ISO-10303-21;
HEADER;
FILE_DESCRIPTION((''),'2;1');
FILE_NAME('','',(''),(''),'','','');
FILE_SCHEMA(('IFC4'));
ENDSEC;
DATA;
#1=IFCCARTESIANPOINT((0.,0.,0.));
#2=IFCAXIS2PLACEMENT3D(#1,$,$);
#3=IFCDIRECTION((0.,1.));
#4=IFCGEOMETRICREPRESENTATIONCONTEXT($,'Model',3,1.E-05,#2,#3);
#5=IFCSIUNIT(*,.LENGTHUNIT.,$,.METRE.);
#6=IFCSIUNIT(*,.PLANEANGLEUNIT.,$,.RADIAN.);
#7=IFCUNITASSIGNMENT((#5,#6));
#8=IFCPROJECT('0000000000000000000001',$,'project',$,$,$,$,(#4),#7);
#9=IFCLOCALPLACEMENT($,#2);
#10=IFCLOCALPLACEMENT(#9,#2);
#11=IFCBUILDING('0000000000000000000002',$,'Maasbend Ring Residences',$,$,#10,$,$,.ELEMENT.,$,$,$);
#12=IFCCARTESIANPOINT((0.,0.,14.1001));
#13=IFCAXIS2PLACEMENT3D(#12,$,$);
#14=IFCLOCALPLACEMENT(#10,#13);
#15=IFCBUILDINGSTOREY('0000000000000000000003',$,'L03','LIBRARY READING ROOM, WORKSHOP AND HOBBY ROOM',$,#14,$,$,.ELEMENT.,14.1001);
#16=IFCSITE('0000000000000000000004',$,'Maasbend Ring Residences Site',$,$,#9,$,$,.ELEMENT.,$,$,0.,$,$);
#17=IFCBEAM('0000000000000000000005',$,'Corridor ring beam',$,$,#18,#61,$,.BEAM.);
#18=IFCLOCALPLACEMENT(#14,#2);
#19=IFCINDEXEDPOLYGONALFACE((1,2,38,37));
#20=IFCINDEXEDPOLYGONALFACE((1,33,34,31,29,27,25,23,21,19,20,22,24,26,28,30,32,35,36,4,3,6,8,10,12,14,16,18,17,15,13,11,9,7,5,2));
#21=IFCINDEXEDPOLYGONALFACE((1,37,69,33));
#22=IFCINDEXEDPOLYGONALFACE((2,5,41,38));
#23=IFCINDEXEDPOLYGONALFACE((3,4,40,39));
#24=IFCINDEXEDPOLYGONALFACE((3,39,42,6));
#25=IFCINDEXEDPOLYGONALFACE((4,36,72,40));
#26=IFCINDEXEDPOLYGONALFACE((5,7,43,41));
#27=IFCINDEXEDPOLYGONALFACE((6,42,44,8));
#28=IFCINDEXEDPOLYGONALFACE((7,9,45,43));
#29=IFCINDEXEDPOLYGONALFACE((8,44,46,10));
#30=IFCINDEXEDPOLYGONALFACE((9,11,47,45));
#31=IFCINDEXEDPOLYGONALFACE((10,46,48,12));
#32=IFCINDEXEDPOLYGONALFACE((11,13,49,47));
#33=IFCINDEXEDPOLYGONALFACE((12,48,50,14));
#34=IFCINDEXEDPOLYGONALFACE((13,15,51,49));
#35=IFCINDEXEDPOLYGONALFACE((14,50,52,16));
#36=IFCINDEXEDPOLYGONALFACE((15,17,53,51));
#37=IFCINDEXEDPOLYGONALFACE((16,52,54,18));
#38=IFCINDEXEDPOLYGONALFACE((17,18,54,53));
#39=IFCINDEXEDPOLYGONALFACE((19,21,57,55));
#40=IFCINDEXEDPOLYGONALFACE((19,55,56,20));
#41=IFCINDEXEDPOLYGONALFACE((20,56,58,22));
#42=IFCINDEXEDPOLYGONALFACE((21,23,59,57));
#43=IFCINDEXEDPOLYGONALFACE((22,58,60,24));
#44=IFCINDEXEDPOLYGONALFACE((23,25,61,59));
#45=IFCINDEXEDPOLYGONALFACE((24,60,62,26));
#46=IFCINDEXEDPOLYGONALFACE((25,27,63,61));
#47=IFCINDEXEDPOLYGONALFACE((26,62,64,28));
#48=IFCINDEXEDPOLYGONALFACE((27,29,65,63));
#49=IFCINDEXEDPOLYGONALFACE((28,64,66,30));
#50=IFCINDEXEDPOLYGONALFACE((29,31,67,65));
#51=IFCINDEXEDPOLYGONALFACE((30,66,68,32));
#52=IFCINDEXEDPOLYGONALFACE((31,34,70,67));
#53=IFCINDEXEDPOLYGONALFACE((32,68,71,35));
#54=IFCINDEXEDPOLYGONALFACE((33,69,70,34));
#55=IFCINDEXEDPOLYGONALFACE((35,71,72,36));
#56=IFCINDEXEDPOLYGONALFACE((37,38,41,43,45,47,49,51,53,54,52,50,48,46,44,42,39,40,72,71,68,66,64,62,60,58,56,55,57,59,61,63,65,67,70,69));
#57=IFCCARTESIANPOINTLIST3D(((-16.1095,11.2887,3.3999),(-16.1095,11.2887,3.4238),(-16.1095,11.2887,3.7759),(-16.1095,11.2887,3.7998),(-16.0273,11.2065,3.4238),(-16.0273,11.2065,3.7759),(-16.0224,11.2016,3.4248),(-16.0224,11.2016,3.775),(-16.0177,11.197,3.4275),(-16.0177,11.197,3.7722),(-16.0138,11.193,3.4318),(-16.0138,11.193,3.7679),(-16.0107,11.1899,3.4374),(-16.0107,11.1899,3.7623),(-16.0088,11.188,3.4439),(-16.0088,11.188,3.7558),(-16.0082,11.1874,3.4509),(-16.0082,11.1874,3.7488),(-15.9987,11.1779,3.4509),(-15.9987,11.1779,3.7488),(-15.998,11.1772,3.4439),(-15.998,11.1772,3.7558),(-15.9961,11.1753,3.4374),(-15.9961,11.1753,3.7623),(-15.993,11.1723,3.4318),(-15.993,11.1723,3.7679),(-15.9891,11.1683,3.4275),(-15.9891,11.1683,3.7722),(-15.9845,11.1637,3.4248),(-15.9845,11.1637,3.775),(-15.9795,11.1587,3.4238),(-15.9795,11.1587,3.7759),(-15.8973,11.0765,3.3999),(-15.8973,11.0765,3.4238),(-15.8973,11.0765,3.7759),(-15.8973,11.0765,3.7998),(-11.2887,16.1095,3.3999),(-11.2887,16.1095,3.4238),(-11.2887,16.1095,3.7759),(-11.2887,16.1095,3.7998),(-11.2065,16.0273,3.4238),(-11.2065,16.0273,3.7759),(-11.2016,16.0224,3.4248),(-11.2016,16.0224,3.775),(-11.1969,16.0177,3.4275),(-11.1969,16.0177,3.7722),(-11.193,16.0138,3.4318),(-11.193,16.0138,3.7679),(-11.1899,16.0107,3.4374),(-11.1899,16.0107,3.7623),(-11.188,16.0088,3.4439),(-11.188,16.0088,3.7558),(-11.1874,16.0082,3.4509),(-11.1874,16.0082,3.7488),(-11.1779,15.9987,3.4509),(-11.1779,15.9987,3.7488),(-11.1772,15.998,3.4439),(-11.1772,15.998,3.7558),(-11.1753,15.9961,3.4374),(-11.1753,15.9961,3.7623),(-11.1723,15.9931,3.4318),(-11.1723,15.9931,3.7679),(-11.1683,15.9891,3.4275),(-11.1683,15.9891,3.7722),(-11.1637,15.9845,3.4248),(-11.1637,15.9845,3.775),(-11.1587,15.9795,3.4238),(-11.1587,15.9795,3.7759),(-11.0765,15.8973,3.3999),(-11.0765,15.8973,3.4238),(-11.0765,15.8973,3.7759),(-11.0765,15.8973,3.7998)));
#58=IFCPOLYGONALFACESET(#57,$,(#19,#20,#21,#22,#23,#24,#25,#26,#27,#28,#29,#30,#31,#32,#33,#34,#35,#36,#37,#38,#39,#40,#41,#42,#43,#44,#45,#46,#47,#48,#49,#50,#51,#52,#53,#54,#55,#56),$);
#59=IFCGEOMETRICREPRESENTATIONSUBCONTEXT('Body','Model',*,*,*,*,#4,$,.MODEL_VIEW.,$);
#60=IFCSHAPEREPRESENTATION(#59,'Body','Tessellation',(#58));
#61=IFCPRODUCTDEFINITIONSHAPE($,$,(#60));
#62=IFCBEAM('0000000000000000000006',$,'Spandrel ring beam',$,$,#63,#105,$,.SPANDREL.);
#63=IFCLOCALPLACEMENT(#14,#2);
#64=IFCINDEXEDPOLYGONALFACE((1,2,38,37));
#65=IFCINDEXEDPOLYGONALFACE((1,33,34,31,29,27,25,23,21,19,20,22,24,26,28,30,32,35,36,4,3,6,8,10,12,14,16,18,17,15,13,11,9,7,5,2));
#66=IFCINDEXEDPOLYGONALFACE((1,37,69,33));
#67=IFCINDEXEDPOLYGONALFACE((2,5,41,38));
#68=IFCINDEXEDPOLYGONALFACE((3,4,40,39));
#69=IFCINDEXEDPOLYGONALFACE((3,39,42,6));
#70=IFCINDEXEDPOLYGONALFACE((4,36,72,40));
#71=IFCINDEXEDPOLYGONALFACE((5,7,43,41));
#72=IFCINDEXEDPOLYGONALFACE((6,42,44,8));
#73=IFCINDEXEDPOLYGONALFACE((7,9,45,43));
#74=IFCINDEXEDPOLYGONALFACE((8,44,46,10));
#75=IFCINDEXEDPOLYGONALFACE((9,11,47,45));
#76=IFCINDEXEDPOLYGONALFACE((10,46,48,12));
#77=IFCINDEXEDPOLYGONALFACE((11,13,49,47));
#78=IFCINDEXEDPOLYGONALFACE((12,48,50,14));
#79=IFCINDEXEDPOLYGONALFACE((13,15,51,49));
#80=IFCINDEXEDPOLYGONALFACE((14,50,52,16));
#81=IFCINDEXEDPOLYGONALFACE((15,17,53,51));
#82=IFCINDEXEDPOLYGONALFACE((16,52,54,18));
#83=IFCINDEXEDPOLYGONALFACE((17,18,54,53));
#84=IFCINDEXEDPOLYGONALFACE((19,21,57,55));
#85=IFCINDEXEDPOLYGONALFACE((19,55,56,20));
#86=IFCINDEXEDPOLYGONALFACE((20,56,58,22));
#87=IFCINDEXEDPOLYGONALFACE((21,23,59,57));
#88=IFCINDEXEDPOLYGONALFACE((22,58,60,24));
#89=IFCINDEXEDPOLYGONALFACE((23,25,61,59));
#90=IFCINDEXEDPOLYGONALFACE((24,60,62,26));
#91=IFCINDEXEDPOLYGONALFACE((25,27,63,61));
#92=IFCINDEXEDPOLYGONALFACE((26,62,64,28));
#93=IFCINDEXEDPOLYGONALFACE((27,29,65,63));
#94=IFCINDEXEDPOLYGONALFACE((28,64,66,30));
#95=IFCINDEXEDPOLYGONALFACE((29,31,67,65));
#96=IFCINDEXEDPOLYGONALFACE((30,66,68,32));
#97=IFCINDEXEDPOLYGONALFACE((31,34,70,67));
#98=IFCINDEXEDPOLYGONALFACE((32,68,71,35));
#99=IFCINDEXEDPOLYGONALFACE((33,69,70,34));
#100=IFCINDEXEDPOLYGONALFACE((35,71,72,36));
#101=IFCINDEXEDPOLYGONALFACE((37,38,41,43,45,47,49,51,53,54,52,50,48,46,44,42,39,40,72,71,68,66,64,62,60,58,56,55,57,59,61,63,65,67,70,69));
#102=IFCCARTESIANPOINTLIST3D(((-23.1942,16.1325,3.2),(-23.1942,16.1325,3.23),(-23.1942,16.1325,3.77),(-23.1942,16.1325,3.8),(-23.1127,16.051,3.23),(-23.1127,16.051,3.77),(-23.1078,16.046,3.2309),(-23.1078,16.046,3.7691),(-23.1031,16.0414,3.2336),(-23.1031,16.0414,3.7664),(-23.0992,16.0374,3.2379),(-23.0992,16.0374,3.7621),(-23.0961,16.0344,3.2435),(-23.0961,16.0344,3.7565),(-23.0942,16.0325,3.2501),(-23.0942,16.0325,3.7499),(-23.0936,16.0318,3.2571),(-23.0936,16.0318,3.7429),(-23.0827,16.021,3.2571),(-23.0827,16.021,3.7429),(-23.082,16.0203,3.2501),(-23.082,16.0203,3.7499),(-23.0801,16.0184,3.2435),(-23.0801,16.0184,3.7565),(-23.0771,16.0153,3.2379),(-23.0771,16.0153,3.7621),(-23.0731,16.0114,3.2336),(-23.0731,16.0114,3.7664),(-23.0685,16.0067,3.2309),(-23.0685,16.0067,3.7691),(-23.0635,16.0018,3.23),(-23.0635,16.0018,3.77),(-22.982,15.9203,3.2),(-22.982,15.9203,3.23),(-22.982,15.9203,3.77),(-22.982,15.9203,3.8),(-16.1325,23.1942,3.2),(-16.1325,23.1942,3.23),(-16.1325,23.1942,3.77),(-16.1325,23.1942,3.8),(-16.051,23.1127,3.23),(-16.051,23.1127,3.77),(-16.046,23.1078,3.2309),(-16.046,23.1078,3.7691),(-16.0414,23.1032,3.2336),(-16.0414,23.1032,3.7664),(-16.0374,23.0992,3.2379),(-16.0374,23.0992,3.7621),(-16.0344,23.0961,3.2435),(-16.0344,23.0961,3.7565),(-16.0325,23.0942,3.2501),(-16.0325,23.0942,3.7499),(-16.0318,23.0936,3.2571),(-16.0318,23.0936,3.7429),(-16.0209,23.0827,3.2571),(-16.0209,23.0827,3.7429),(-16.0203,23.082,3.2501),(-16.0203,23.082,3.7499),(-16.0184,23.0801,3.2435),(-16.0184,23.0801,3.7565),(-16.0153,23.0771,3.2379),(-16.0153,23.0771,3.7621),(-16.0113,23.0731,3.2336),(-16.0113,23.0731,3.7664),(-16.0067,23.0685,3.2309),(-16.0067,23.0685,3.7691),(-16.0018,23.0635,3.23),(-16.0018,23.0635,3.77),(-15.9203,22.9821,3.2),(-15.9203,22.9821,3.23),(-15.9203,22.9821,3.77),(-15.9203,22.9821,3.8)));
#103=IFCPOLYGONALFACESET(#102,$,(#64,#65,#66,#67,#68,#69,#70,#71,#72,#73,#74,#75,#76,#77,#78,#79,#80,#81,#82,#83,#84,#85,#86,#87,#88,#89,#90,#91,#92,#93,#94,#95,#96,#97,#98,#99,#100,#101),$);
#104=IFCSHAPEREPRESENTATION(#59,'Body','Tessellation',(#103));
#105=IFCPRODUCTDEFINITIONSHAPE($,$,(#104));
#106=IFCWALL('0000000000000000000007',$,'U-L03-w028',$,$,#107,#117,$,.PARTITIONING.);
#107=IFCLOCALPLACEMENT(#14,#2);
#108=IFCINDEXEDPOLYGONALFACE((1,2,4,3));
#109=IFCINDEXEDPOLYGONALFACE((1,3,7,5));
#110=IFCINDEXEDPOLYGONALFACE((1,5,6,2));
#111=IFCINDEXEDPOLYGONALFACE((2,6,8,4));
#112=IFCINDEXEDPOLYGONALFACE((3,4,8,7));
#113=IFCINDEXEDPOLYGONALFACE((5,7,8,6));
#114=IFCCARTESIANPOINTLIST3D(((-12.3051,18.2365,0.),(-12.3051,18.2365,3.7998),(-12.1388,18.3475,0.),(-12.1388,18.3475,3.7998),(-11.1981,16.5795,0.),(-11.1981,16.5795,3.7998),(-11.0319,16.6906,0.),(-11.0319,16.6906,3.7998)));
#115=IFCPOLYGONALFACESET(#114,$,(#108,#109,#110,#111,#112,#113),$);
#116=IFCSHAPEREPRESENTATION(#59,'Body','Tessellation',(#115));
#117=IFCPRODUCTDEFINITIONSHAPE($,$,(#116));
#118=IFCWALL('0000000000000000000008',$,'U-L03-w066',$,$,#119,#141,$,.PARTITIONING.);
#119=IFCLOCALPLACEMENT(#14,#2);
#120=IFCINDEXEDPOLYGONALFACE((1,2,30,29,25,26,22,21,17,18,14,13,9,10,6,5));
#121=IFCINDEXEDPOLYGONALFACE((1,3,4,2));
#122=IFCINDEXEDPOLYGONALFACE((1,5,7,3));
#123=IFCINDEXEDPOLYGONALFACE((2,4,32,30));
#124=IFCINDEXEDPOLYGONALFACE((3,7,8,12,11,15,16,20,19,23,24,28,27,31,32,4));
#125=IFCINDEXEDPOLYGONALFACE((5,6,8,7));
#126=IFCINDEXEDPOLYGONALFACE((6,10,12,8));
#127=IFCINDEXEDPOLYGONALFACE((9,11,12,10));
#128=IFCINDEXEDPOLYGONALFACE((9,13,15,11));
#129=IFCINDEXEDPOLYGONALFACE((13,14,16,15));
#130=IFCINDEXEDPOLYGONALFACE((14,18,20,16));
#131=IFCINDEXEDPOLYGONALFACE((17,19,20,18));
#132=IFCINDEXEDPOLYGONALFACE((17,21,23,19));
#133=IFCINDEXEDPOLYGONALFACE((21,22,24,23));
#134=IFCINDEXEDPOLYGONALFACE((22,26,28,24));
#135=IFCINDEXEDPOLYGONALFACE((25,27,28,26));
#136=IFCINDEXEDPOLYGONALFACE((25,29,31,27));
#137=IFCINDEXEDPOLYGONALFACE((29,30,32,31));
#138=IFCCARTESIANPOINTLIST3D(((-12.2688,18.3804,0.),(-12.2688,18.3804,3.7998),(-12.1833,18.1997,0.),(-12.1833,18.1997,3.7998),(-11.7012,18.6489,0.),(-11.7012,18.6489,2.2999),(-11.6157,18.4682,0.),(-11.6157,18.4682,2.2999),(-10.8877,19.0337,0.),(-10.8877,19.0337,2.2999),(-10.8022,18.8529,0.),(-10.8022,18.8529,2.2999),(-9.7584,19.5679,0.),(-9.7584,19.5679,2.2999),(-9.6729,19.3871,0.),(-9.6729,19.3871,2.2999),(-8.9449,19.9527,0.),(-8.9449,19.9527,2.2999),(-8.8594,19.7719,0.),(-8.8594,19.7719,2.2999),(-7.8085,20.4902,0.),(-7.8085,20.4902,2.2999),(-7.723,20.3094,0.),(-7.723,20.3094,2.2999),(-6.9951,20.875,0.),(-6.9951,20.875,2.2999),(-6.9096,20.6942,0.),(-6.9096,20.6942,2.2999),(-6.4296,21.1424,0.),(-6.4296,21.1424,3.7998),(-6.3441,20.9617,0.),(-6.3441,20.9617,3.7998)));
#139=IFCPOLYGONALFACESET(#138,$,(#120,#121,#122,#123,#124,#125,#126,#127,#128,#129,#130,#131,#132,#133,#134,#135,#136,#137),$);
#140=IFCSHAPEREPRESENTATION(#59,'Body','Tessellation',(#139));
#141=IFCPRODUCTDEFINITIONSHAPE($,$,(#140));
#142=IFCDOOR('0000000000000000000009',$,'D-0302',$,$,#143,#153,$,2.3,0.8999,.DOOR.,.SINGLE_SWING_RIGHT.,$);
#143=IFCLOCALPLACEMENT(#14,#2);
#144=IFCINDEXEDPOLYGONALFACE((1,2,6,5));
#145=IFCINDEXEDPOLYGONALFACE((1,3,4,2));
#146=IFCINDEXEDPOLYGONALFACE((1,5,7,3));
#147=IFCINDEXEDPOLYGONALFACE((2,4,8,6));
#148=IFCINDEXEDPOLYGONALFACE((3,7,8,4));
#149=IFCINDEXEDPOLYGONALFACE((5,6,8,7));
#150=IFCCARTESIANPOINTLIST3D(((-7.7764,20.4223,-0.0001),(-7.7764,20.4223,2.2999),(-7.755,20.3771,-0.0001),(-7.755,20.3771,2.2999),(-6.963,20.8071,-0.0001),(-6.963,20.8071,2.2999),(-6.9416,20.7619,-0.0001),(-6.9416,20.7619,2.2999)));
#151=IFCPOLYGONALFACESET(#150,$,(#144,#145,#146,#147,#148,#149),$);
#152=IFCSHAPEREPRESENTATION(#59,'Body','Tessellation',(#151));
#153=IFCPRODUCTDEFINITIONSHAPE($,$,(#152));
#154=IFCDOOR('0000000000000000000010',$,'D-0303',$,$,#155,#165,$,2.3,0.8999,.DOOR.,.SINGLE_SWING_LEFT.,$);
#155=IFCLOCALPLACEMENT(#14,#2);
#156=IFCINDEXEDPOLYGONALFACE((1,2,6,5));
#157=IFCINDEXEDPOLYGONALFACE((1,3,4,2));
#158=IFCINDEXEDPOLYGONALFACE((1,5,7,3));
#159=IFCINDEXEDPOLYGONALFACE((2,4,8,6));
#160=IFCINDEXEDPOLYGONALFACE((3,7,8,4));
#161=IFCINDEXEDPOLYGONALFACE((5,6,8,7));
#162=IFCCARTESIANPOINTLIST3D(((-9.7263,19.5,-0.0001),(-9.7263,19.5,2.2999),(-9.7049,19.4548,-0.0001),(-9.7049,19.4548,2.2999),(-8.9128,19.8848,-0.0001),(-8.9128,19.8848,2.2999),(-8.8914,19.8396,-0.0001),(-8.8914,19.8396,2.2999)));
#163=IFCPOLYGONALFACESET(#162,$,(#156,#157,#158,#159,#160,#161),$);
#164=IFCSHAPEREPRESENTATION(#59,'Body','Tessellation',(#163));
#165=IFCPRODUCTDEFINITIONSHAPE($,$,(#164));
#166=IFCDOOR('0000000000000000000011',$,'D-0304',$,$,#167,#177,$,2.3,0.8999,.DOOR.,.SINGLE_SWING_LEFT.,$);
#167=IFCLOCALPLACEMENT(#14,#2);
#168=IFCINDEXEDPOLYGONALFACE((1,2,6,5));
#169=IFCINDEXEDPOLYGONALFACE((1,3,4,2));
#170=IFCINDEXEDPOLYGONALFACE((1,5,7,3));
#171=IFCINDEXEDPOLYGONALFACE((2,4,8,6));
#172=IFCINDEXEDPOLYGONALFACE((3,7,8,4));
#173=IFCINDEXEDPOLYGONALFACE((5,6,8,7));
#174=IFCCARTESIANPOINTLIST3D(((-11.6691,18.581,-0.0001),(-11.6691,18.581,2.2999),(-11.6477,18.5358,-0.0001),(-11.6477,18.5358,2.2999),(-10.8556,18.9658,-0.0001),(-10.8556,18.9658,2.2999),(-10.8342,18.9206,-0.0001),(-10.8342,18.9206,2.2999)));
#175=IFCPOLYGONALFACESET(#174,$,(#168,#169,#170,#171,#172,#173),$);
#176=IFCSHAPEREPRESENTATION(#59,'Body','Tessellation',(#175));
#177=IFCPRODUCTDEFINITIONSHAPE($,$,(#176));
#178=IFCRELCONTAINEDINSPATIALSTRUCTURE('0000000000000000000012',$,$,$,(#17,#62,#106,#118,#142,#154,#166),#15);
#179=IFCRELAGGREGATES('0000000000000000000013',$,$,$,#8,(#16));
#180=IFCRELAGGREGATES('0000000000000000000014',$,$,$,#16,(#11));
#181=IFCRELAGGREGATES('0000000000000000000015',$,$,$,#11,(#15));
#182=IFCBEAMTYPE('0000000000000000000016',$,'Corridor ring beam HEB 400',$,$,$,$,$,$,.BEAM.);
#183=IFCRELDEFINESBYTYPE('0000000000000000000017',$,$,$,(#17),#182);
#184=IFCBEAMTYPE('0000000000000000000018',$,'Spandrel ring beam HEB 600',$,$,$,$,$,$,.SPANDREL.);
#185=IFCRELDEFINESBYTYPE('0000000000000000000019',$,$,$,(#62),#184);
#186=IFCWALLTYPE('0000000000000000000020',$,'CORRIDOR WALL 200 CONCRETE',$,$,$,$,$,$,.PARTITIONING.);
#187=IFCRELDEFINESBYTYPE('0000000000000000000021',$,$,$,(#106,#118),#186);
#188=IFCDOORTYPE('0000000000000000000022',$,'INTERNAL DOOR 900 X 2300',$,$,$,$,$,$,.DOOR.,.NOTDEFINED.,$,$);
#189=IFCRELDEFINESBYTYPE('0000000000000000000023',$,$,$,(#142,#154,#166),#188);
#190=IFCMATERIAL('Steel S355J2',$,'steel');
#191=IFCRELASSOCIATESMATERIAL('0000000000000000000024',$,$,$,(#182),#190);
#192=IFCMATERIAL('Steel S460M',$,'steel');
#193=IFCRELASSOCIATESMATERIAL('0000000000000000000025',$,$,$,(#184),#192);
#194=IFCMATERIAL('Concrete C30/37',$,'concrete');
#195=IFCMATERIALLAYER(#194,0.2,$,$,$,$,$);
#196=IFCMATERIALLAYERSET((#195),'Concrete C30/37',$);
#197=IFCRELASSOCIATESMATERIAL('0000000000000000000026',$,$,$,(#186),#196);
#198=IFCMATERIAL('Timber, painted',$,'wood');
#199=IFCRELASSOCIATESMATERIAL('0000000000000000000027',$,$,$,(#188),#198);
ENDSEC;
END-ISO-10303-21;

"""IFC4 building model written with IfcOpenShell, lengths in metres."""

from ifc_helpers import new_model, si_unit, direction, frame, frame_2d, origin, origin_2d, place, context, subcontext, project, spatial, rectangle, i_section, extrude, material, layer, layer_set, material_profile, profile_set, type_object, element, fill, save


model = new_model("IFC4")

# Units and contexts
model_context = context("Model", 3, precision=1e-05, world=origin(), true_north=direction((0.0, 1.0)))
body_context = subcontext(model_context, "Body", "Model", "MODEL_VIEW")
ifc_project = project(units=[si_unit("LENGTHUNIT", "METRE"), si_unit("PLANEANGLEUNIT", "RADIAN")], contexts=[model_context])

# Site, building, storey
site_placement = place(None, origin())
site = spatial("IfcSite", under=ifc_project, at=site_placement, Name="Maasbend Ring Residences Site", CompositionType="ELEMENT", RefElevation=0.0)
building_placement = place(site_placement, origin())
building = spatial("IfcBuilding", under=site, at=building_placement, Name="Maasbend Ring Residences", CompositionType="ELEMENT")
storey_placement = place(building_placement, frame((0.0, 0.0, 14.1001)))
storey = spatial("IfcBuildingStorey", under=building, at=storey_placement, Name="L03", Description="LIBRARY READING ROOM, WORKSHOP AND HOBBY ROOM", CompositionType="ELEMENT", Elevation=14.1001)

# Beams
ifc_material_1 = material(Name="Steel S355J2", Category="steel")
ifc_material_profile_1 = material_profile(ifc_material_1, i_section(OverallWidth=0.3, OverallDepth=0.3999, WebThickness=0.0134, FlangeThickness=0.0239, FilletRadius=0.0271, at=origin_2d()), Name="HEB 400")
ifc_profile_set_1 = profile_set([ifc_material_profile_1], Name="Steel S355J2")
beam_type_1 = type_object("IfcBeamType", Name="Corridor ring beam HEB 400", PredefinedType="BEAM", material=ifc_profile_set_1)
beam_1_placement = place(storey_placement, frame((-11.1826, 16.0034, 3.5999), z_axis=(-0.707107, -0.707107, 0.0), x_axis=(0.707107, -0.707107, 0.0)))
element("IfcBeam", 1, at=beam_1_placement, inside=storey, type_object=beam_type_1, Name="Corridor ring beam", PredefinedType="BEAM", context=body_context, shape_type="SweptSolid", body=[
    extrude(i_section(OverallWidth=0.3, OverallDepth=0.3999, WebThickness=0.0134, FlangeThickness=0.0239, FilletRadius=0.0271, at=origin_2d()), origin(), (0.0, 0.0, 1.0), 6.8176),
])
ifc_material_2 = material(Name="Steel S460M", Category="steel")
ifc_material_profile_2 = material_profile(ifc_material_2, i_section(OverallWidth=0.3, OverallDepth=0.6001, WebThickness=0.0154, FlangeThickness=0.03, FilletRadius=0.0271, at=origin_2d()), Name="HEB 600")
ifc_profile_set_2 = profile_set([ifc_material_profile_2], Name="Steel S460M")
beam_type_2 = type_object("IfcBeamType", Name="Spandrel ring beam HEB 600", PredefinedType="SPANDREL", material=ifc_profile_set_2)
beam_2_placement = place(storey_placement, frame((-16.0264, 23.0881, 3.5), z_axis=(-0.707107, -0.707107, 0.0), x_axis=(0.707107, -0.707107, 0.0)))
element("IfcBeam", 2, at=beam_2_placement, inside=storey, type_object=beam_type_2, Name="Spandrel ring beam", PredefinedType="SPANDREL", context=body_context, shape_type="SweptSolid", body=[
    extrude(i_section(OverallWidth=0.3, OverallDepth=0.6001, WebThickness=0.0154, FlangeThickness=0.03, FilletRadius=0.0271, at=origin_2d()), origin(), (0.0, 0.0, 1.0), 9.9868),
])

# Wall
ifc_material_3 = material(Name="Concrete C30/37", Category="concrete")
ifc_layer_1 = layer(ifc_material_3, 0.2)
ifc_layer_set_1 = layer_set([ifc_layer_1], Name="Concrete C30/37")
wall_type_1 = type_object("IfcWallType", Name="CORRIDOR WALL 200 CONCRETE", PredefinedType="PARTITIONING", material=ifc_layer_set_1)
wall_1_placement = place(storey_placement, frame((-12.2219, 18.292, 0.0), z_axis=(0.0, 0.0, 1.0), x_axis=(0.555492, -0.831522, 0.0)))
element("IfcWall", 3, at=wall_1_placement, inside=storey, type_object=wall_type_1, Name="U-L03-w028", PredefinedType="PARTITIONING", context=body_context, shape_type="SweptSolid", body=[
    extrude(rectangle(XDim=1.9927, YDim=0.2, at=frame_2d((0.9963, 0.0))), origin(), (0.0, 0.0, 1.0), 3.7998),
])

# Wall, openings, doors
wall_2_placement = place(storey_placement, frame((-12.2261, 18.29, 0.0), z_axis=(0.0, 0.0, 1.0), x_axis=(0.903973, 0.427589, 0.0)))
wall_2 = element("IfcWall", 4, at=wall_2_placement, inside=storey, type_object=wall_type_1, Name="U-L03-w066", PredefinedType="PARTITIONING", context=body_context, shape_type="SweptSolid", body=[
    extrude(rectangle(XDim=6.4595, YDim=0.2, at=frame_2d((3.2297, 0.0))), origin(), (0.0, 0.0, 1.0), 3.7998),
])
opening_1_placement = place(wall_2_placement, frame((4.9341, 0.0, 0.0)))
opening_1 = element("IfcOpeningElement", 5, at=opening_1_placement, cuts=wall_2, PredefinedType="OPENING", context=body_context, shape_type="SweptSolid", body=[
    extrude(rectangle(XDim=0.8999, YDim=2.3, at=frame_2d((0.45, 1.1499))), frame((0.0, 0.1099, 0.0), z_axis=(0.0, -1.0, 0.0), x_axis=(1.0, 0.0, 0.0)), (0.0, 0.0, 1.0), 0.22),
])
opening_2_placement = place(wall_2_placement, frame((2.7771, 0.0, 0.0)))
opening_2 = element("IfcOpeningElement", 6, at=opening_2_placement, cuts=wall_2, PredefinedType="OPENING", context=body_context, shape_type="SweptSolid", body=[
    extrude(rectangle(XDim=0.8999, YDim=2.3, at=frame_2d((0.45, 1.1499))), frame((0.0, 0.1099, 0.0), z_axis=(0.0, -1.0, 0.0), x_axis=(1.0, 0.0, 0.0)), (0.0, 0.0, 1.0), 0.22),
])
opening_3_placement = place(wall_2_placement, frame((0.6279, 0.0, 0.0)))
opening_3 = element("IfcOpeningElement", 7, at=opening_3_placement, cuts=wall_2, PredefinedType="OPENING", context=body_context, shape_type="SweptSolid", body=[
    extrude(rectangle(XDim=0.8999, YDim=2.3, at=frame_2d((0.45, 1.1499))), frame((0.0, 0.1099, 0.0), z_axis=(0.0, -1.0, 0.0), x_axis=(1.0, 0.0, 0.0)), (0.0, 0.0, 1.0), 0.22),
])
ifc_material_4 = material(Name="Timber, painted", Category="wood")
door_type = type_object("IfcDoorType", Name="INTERNAL DOOR 900 X 2300", OperationType="NOTDEFINED", PredefinedType="DOOR", material=ifc_material_4)
door_1_placement = place(opening_1_placement, origin())
door_1 = element("IfcDoor", 8, at=door_1_placement, inside=storey, type_object=door_type, Name="D-0302", OperationType="SINGLE_SWING_RIGHT", OverallHeight=2.3, OverallWidth=0.8999, PredefinedType="DOOR", context=body_context, shape_type="SweptSolid", body=[
    extrude(rectangle(XDim=0.8999, YDim=2.3, at=frame_2d((0.45, 1.1499))), frame((0.0, 0.0249, 0.0), z_axis=(0.0, -1.0, 0.0), x_axis=(1.0, 0.0, 0.0)), (0.0, 0.0, 1.0), 0.05),
])
fill(opening_1, door_1)
door_2_placement = place(opening_2_placement, origin())
door_2 = element("IfcDoor", 9, at=door_2_placement, inside=storey, type_object=door_type, Name="D-0303", OperationType="SINGLE_SWING_LEFT", OverallHeight=2.3, OverallWidth=0.8999, PredefinedType="DOOR", context=body_context, shape_type="SweptSolid", body=[
    extrude(rectangle(XDim=0.8999, YDim=2.3, at=frame_2d((0.45, 1.1499))), frame((0.0, 0.0249, 0.0), z_axis=(0.0, -1.0, 0.0), x_axis=(1.0, 0.0, 0.0)), (0.0, 0.0, 1.0), 0.05),
])
fill(opening_2, door_2)
door_3_placement = place(opening_3_placement, origin())
door_3 = element("IfcDoor", 10, at=door_3_placement, inside=storey, type_object=door_type, Name="D-0304", OperationType="SINGLE_SWING_LEFT", OverallHeight=2.3, OverallWidth=0.8999, PredefinedType="DOOR", context=body_context, shape_type="SweptSolid", body=[
    extrude(rectangle(XDim=0.8999, YDim=2.3, at=frame_2d((0.45, 1.1499))), frame((0.0, 0.0249, 0.0), z_axis=(0.0, -1.0, 0.0), x_axis=(1.0, 0.0, 0.0)), (0.0, 0.0, 1.0), 0.05),
])
fill(opening_3, door_3)

save(model, "model.ifc")
